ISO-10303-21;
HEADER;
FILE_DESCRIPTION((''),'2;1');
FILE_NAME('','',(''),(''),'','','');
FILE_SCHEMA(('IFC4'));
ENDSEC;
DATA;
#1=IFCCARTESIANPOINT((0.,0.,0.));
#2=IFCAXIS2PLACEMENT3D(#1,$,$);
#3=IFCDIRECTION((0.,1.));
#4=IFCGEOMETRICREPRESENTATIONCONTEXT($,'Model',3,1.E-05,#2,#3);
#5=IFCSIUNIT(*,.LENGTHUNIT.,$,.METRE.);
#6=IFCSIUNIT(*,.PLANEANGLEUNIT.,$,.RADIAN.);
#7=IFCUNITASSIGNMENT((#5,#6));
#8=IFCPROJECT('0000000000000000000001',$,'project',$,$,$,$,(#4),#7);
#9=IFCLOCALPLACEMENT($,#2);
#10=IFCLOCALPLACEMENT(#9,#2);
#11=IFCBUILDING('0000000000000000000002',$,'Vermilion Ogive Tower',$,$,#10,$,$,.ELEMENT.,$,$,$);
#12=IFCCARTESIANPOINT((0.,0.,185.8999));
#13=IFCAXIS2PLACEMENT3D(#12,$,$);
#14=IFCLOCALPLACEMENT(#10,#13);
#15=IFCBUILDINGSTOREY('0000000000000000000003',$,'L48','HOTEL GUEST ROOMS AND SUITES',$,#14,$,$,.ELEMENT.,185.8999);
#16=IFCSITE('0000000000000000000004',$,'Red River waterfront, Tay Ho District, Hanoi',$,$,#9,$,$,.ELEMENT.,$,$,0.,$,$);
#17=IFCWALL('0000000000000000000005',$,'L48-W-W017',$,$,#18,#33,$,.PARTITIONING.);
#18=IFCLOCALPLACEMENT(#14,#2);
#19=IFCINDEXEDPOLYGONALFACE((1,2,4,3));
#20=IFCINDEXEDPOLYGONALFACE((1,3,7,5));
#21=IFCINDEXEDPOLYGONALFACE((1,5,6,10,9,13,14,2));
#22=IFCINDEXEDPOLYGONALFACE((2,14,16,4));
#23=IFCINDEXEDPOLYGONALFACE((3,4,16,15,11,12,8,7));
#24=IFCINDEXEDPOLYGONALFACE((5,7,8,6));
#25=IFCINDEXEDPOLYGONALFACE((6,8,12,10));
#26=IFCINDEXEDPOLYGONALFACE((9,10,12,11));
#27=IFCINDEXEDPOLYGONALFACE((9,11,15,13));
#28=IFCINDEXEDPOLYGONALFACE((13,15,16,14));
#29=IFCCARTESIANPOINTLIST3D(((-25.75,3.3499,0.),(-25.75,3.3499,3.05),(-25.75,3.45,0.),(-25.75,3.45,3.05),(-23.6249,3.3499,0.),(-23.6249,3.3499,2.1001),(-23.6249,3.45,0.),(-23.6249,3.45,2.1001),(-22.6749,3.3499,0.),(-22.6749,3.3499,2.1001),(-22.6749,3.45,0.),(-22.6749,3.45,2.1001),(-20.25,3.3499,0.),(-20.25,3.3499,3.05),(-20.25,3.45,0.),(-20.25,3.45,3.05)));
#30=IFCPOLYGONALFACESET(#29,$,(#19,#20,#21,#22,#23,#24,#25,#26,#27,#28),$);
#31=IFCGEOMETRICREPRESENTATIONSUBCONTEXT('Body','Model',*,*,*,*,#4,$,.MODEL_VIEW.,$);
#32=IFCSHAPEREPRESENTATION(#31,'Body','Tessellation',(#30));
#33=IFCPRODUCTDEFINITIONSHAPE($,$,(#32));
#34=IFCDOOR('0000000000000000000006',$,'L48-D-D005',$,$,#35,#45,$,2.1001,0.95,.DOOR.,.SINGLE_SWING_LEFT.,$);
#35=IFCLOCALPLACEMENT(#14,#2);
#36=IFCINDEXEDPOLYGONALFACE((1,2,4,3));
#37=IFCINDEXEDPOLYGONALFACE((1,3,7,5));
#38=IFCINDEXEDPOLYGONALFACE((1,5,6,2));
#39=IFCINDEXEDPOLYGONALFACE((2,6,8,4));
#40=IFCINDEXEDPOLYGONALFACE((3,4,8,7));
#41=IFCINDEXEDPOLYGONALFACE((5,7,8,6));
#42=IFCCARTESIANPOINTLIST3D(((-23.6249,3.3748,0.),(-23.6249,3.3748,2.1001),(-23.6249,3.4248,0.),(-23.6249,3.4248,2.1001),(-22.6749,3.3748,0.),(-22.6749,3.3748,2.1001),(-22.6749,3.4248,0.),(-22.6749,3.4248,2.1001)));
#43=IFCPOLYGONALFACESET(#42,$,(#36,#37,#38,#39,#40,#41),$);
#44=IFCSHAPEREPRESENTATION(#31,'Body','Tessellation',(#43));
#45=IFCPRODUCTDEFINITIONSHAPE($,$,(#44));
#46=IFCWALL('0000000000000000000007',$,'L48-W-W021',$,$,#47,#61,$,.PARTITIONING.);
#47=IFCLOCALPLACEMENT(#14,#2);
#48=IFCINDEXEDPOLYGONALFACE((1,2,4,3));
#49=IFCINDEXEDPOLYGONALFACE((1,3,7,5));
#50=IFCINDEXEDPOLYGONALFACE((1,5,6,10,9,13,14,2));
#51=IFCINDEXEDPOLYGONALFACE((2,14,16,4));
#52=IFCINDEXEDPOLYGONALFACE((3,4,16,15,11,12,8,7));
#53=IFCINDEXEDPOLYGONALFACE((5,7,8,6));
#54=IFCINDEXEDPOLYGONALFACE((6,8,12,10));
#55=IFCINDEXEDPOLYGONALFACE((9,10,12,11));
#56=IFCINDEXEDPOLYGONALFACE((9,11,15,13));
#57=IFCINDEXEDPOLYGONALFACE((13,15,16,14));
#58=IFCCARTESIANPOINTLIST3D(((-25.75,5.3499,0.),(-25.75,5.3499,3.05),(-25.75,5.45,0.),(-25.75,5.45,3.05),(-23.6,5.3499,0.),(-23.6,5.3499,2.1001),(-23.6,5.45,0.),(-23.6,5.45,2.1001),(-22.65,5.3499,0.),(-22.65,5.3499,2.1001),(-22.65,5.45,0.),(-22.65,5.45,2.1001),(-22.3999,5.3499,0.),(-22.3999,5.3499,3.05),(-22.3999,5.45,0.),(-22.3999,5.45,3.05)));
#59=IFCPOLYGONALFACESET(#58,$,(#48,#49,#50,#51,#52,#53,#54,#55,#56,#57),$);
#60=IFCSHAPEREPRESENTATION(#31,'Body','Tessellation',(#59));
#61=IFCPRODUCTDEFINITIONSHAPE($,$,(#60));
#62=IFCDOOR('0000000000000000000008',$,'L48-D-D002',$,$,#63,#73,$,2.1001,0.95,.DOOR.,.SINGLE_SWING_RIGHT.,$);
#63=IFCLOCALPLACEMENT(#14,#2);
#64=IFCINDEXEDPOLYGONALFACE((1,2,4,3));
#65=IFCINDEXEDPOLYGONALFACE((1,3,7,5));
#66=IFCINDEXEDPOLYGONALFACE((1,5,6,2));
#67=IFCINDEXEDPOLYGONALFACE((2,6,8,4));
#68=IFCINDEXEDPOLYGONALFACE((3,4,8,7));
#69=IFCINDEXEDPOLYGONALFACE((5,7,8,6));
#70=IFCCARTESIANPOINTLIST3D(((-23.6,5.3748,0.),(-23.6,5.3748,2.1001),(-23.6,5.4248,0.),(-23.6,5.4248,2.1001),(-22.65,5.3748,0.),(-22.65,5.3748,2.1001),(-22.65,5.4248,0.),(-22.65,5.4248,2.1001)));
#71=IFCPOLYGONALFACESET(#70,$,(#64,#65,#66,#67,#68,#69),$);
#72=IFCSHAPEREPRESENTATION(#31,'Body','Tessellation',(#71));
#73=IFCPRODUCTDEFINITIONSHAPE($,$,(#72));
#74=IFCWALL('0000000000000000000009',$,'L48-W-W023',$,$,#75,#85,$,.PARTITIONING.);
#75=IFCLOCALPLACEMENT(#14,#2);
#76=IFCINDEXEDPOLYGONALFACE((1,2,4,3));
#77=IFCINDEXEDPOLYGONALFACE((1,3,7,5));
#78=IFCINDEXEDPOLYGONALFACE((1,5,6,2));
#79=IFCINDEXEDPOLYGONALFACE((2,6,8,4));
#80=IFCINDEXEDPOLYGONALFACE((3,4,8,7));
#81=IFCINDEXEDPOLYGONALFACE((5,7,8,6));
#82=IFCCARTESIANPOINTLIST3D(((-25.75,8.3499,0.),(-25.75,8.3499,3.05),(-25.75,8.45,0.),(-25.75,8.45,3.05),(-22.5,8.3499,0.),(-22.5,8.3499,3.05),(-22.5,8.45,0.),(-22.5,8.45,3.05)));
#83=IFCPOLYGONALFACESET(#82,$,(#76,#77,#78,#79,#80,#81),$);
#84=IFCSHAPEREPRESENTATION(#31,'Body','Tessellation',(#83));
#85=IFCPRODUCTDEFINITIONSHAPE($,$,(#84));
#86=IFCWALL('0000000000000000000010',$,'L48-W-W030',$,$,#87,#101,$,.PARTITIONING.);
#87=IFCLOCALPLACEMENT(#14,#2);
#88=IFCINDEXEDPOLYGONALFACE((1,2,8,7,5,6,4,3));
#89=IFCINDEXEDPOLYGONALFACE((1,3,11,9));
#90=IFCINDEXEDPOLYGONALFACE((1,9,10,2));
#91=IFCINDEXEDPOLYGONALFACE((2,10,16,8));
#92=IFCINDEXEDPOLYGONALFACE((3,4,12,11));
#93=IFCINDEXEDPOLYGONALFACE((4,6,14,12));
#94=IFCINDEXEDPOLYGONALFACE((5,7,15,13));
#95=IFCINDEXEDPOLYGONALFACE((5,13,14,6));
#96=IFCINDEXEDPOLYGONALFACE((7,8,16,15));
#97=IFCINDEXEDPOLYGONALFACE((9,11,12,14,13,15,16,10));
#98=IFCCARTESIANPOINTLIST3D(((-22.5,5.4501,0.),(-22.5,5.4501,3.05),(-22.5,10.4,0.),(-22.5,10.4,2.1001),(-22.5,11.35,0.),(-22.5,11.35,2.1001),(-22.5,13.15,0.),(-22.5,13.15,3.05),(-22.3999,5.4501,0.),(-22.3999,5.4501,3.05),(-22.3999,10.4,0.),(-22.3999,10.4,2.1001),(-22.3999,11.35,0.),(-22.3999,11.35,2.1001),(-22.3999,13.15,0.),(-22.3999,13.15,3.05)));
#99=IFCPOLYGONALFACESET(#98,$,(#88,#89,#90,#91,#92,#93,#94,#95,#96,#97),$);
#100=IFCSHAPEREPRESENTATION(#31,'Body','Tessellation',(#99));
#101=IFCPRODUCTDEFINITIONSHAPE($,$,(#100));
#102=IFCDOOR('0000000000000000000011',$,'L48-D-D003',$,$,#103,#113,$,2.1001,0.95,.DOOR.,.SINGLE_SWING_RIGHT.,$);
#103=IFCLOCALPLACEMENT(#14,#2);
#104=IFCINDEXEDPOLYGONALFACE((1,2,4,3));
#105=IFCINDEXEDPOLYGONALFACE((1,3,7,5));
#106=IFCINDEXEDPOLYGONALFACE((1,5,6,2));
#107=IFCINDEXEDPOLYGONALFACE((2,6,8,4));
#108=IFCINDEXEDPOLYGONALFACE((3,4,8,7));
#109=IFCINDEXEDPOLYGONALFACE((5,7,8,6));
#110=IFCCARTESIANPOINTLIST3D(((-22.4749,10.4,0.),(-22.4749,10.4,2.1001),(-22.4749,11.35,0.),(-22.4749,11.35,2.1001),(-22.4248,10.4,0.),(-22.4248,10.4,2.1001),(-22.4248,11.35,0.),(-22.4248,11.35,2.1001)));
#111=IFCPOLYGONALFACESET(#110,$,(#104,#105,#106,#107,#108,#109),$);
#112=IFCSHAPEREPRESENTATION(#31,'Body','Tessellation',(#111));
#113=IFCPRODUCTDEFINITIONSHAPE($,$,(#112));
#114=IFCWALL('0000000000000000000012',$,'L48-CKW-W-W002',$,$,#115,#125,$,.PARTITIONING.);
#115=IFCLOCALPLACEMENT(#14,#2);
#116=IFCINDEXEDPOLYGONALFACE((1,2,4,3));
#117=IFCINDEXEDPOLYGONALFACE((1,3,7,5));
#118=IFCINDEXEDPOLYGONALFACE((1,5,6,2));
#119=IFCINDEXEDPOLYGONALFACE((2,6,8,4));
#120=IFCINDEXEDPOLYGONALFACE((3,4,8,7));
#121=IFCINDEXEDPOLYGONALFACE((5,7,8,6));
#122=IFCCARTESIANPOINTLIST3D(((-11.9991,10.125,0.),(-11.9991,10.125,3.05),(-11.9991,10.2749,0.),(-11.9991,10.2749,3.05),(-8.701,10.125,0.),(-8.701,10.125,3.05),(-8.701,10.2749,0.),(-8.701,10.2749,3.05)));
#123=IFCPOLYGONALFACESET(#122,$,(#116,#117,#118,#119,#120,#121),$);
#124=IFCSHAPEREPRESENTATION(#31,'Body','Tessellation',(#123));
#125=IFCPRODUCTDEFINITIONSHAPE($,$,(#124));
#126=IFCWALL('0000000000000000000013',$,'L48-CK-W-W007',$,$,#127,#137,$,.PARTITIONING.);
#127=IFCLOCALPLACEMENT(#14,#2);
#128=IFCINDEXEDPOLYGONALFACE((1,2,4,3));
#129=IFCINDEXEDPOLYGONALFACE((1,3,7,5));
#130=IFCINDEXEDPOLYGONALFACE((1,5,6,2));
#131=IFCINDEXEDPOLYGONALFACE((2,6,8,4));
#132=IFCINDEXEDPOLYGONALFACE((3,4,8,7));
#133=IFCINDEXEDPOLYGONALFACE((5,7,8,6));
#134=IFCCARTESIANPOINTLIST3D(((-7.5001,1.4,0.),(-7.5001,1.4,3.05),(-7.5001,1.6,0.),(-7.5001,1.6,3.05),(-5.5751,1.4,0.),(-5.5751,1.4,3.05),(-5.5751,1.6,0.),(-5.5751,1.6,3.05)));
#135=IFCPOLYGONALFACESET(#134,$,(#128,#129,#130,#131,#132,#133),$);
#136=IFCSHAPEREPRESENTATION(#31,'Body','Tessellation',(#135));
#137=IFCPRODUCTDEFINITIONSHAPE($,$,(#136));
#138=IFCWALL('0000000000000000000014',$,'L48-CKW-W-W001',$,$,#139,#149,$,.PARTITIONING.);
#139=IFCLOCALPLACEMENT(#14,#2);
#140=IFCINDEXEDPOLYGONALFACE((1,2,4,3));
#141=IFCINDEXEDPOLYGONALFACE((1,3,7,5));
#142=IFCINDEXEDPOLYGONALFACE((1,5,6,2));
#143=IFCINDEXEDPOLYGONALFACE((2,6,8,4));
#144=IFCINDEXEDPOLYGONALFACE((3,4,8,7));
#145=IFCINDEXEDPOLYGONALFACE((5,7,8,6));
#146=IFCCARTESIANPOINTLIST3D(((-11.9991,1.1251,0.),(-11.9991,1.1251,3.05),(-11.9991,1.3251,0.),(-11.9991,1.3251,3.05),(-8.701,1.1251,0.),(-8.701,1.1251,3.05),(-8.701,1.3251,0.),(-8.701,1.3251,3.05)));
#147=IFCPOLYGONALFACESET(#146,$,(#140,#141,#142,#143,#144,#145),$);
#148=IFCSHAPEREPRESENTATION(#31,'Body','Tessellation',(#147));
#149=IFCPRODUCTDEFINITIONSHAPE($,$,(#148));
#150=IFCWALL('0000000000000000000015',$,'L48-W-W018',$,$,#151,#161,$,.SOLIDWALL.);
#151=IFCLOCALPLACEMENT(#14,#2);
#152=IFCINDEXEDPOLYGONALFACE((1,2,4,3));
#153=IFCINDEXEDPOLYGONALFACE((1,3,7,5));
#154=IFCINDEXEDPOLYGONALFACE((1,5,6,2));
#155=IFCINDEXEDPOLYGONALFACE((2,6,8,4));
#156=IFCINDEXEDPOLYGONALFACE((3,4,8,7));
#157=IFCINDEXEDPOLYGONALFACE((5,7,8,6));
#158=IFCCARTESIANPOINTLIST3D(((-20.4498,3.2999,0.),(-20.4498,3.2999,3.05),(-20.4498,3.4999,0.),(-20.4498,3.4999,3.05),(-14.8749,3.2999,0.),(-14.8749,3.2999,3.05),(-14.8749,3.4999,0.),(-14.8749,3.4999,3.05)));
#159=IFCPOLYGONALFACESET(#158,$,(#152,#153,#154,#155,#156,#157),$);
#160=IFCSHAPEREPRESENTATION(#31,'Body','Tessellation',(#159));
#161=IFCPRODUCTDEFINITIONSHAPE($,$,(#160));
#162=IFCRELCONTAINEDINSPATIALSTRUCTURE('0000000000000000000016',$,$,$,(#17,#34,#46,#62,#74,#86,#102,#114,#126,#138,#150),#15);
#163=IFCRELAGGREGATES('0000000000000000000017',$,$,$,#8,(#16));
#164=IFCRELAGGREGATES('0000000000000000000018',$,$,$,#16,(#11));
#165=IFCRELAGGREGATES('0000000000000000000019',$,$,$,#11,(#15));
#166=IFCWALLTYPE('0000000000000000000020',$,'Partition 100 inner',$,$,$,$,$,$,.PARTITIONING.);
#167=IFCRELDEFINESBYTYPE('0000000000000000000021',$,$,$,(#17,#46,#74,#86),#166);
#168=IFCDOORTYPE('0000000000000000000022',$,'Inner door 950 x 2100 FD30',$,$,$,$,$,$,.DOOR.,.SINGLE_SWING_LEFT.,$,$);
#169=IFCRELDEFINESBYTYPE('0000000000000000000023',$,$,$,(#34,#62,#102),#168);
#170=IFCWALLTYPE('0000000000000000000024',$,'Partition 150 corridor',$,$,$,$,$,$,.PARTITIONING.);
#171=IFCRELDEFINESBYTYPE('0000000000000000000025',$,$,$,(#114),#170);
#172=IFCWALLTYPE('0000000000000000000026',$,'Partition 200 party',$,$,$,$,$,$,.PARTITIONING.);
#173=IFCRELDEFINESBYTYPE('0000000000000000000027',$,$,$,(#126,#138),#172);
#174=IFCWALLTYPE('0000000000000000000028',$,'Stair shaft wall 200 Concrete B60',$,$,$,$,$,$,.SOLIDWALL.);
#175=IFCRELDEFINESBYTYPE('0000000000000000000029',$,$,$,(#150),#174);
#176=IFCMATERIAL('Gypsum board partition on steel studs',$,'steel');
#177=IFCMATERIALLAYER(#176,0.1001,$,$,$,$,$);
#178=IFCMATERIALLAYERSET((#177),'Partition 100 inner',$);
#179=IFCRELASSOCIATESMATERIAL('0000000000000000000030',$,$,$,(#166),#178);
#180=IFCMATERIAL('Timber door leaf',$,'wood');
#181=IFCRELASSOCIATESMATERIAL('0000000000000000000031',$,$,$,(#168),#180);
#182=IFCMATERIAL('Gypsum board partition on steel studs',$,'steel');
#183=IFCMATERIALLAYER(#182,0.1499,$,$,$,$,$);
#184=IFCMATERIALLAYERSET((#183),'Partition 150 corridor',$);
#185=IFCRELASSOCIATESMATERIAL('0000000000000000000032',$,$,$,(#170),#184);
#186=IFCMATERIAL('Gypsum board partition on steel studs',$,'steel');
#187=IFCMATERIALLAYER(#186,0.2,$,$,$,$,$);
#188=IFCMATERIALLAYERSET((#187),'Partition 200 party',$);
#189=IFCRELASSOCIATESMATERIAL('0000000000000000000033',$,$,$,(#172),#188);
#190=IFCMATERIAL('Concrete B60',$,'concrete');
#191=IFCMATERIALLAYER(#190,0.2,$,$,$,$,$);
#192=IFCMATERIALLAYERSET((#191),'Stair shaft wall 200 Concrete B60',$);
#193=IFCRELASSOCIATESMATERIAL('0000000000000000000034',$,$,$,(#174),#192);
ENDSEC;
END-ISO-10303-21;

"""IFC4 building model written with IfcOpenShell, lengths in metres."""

from ifc_helpers import new_model, si_unit, direction, frame, frame_2d, origin, place, context, subcontext, project, spatial, rectangle, extrude, material, layer, layer_set, type_object, element, fill, save


model = new_model("IFC4")

# Units and contexts
model_context = context("Model", 3, precision=1e-05, world=origin(), true_north=direction((0.0, 1.0)))
body_context = subcontext(model_context, "Body", "Model", "MODEL_VIEW")
ifc_project = project(units=[si_unit("LENGTHUNIT", "METRE"), si_unit("PLANEANGLEUNIT", "RADIAN")], contexts=[model_context])

# Site, building, storey
site_placement = place(None, origin())
site = spatial("IfcSite", under=ifc_project, at=site_placement, Name="Red River waterfront, Tay Ho District, Hanoi", CompositionType="ELEMENT", RefElevation=0.0)
building_placement = place(site_placement, origin())
building = spatial("IfcBuilding", under=site, at=building_placement, Name="Vermilion Ogive Tower", CompositionType="ELEMENT")
storey_placement = place(building_placement, frame((0.0, 0.0, 185.8999)))
storey = spatial("IfcBuildingStorey", under=building, at=storey_placement, Name="L48", Description="HOTEL GUEST ROOMS AND SUITES", CompositionType="ELEMENT", Elevation=185.8999)

# Walls, openings, doors
ifc_material_1 = material(Name="Gypsum board partition on steel studs", Category="steel")
ifc_layer_1 = layer(ifc_material_1, 0.1001)
ifc_layer_set_1 = layer_set([ifc_layer_1], Name="Partition 100 inner")
wall_type_1 = type_object("IfcWallType", Name="Partition 100 inner", PredefinedType="PARTITIONING", material=ifc_layer_set_1)
wall_1_placement = place(storey_placement, frame((-25.75, 3.3999, 0.0), z_axis=(0.0, 0.0, 1.0), x_axis=(1.0, 0.0, 0.0)))
wall_1 = element("IfcWall", 1, at=wall_1_placement, inside=storey, type_object=wall_type_1, Name="L48-W-W017", PredefinedType="PARTITIONING", context=body_context, shape_type="SweptSolid", body=[
    extrude(rectangle(XDim=5.5, YDim=0.1001, at=frame_2d((2.75, 0.0))), origin(), (0.0, 0.0, 1.0), 3.05),
])
opening_1_placement = place(wall_1_placement, frame((2.125, 0.0, 0.0)))
opening_1 = element("IfcOpeningElement", 2, at=opening_1_placement, cuts=wall_1, PredefinedType="OPENING", context=body_context, shape_type="SweptSolid", body=[
    extrude(rectangle(XDim=0.95, YDim=2.1001, at=frame_2d((0.4751, 1.05))), frame((0.0, 0.0601, 0.0), z_axis=(0.0, -1.0, 0.0), x_axis=(1.0, 0.0, 0.0)), (0.0, 0.0, 1.0), 0.1201),
])
ifc_material_2 = material(Name="Timber door leaf", Category="wood")
door_type = type_object("IfcDoorType", Name="Inner door 950 x 2100 FD30", OperationType="SINGLE_SWING_LEFT", PredefinedType="DOOR", material=ifc_material_2)
door_1_placement = place(opening_1_placement, origin())
door_1 = element("IfcDoor", 3, at=door_1_placement, inside=storey, type_object=door_type, Name="L48-D-D005", OperationType="SINGLE_SWING_LEFT", OverallHeight=2.1001, OverallWidth=0.95, PredefinedType="DOOR", context=body_context, shape_type="SweptSolid", body=[
    extrude(rectangle(XDim=0.95, YDim=2.1001, at=frame_2d((0.4751, 1.05))), frame((0.0, 0.0249, 0.0), z_axis=(0.0, -1.0, 0.0), x_axis=(1.0, 0.0, 0.0)), (0.0, 0.0, 1.0), 0.05),
])
fill(opening_1, door_1)
wall_2_placement = place(storey_placement, frame((-25.75, 5.3999, 0.0), z_axis=(0.0, 0.0, 1.0), x_axis=(1.0, 0.0, 0.0)))
wall_2 = element("IfcWall", 4, at=wall_2_placement, inside=storey, type_object=wall_type_1, Name="L48-W-W021", PredefinedType="PARTITIONING", context=body_context, shape_type="SweptSolid", body=[
    extrude(rectangle(XDim=3.3501, YDim=0.1001, at=frame_2d((1.675, 0.0))), origin(), (0.0, 0.0, 1.0), 3.05),
])
opening_2_placement = place(wall_2_placement, frame((2.1499, 0.0, 0.0)))
opening_2 = element("IfcOpeningElement", 5, at=opening_2_placement, cuts=wall_2, PredefinedType="OPENING", context=body_context, shape_type="SweptSolid", body=[
    extrude(rectangle(XDim=0.95, YDim=2.1001, at=frame_2d((0.4751, 1.05))), frame((0.0, 0.0601, 0.0), z_axis=(0.0, -1.0, 0.0), x_axis=(1.0, 0.0, 0.0)), (0.0, 0.0, 1.0), 0.1201),
])
door_2_placement = place(opening_2_placement, origin())
door_2 = element("IfcDoor", 6, at=door_2_placement, inside=storey, type_object=door_type, Name="L48-D-D002", OperationType="SINGLE_SWING_RIGHT", OverallHeight=2.1001, OverallWidth=0.95, PredefinedType="DOOR", context=body_context, shape_type="SweptSolid", body=[
    extrude(rectangle(XDim=0.95, YDim=2.1001, at=frame_2d((0.4751, 1.05))), frame((0.0, 0.0249, 0.0), z_axis=(0.0, -1.0, 0.0), x_axis=(1.0, 0.0, 0.0)), (0.0, 0.0, 1.0), 0.05),
])
fill(opening_2, door_2)

# Wall
wall_3_placement = place(storey_placement, frame((-25.75, 8.3999, 0.0), z_axis=(0.0, 0.0, 1.0), x_axis=(1.0, 0.0, 0.0)))
element("IfcWall", 7, at=wall_3_placement, inside=storey, type_object=wall_type_1, Name="L48-W-W023", PredefinedType="PARTITIONING", context=body_context, shape_type="SweptSolid", body=[
    extrude(rectangle(XDim=3.25, YDim=0.1001, at=frame_2d((1.625, 0.0))), origin(), (0.0, 0.0, 1.0), 3.05),
])

# Wall, opening, door
wall_4_placement = place(storey_placement, frame((-22.45, 5.45, 0.0), z_axis=(0.0, 0.0, 1.0), x_axis=(0.0, 1.0, 0.0)))
wall_4 = element("IfcWall", 8, at=wall_4_placement, inside=storey, type_object=wall_type_1, Name="L48-W-W030", PredefinedType="PARTITIONING", context=body_context, shape_type="SweptSolid", body=[
    extrude(rectangle(XDim=7.7, YDim=0.1001, at=frame_2d((3.8501, 0.0))), origin(), (0.0, 0.0, 1.0), 3.05),
])
opening_3_placement = place(wall_4_placement, frame((4.95, 0.0, 0.0)))
opening_3 = element("IfcOpeningElement", 9, at=opening_3_placement, cuts=wall_4, PredefinedType="OPENING", context=body_context, shape_type="SweptSolid", body=[
    extrude(rectangle(XDim=0.95, YDim=2.1001, at=frame_2d((0.4751, 1.05))), frame((0.0, 0.0601, 0.0), z_axis=(0.0, -1.0, 0.0), x_axis=(1.0, 0.0, 0.0)), (0.0, 0.0, 1.0), 0.1201),
])
door_3_placement = place(opening_3_placement, origin())
door_3 = element("IfcDoor", 10, at=door_3_placement, inside=storey, type_object=door_type, Name="L48-D-D003", OperationType="SINGLE_SWING_RIGHT", OverallHeight=2.1001, OverallWidth=0.95, PredefinedType="DOOR", context=body_context, shape_type="SweptSolid", body=[
    extrude(rectangle(XDim=0.95, YDim=2.1001, at=frame_2d((0.4751, 1.05))), frame((0.0, 0.0249, 0.0), z_axis=(0.0, -1.0, 0.0), x_axis=(1.0, 0.0, 0.0)), (0.0, 0.0, 1.0), 0.05),
])
fill(opening_3, door_3)

# Walls
ifc_material_3 = material(Name="Gypsum board partition on steel studs", Category="steel")
ifc_layer_2 = layer(ifc_material_3, 0.1499)
ifc_layer_set_2 = layer_set([ifc_layer_2], Name="Partition 150 corridor")
wall_type_2 = type_object("IfcWallType", Name="Partition 150 corridor", PredefinedType="PARTITIONING", material=ifc_layer_set_2)
wall_5_placement = place(storey_placement, frame((-11.999, 10.2, 0.0), z_axis=(0.0, 0.0, 1.0), x_axis=(1.0, 0.0, 0.0)))
element("IfcWall", 11, at=wall_5_placement, inside=storey, type_object=wall_type_2, Name="L48-CKW-W-W002", PredefinedType="PARTITIONING", context=body_context, shape_type="SweptSolid", body=[
    extrude(rectangle(XDim=3.2981, YDim=0.1499, at=frame_2d((1.6489, 0.0))), origin(), (0.0, 0.0, 1.0), 3.05),
])
ifc_material_4 = material(Name="Gypsum board partition on steel studs", Category="steel")
ifc_layer_3 = layer(ifc_material_4, 0.2)
ifc_layer_set_3 = layer_set([ifc_layer_3], Name="Partition 200 party")
wall_type_3 = type_object("IfcWallType", Name="Partition 200 party", PredefinedType="PARTITIONING", material=ifc_layer_set_3)
wall_6_placement = place(storey_placement, frame((-7.5, 1.5, 0.0), z_axis=(0.0, 0.0, 1.0), x_axis=(1.0, 0.0, 0.0)))
element("IfcWall", 12, at=wall_6_placement, inside=storey, type_object=wall_type_3, Name="L48-CK-W-W007", PredefinedType="PARTITIONING", context=body_context, shape_type="SweptSolid", body=[
    extrude(rectangle(XDim=1.925, YDim=0.2, at=frame_2d((0.9624, 0.0))), origin(), (0.0, 0.0, 1.0), 3.05),
])
wall_7_placement = place(storey_placement, frame((-11.999, 1.2251, 0.0), z_axis=(0.0, 0.0, 1.0), x_axis=(1.0, 0.0, 0.0)))
element("IfcWall", 13, at=wall_7_placement, inside=storey, type_object=wall_type_3, Name="L48-CKW-W-W001", PredefinedType="PARTITIONING", context=body_context, shape_type="SweptSolid", body=[
    extrude(rectangle(XDim=3.2981, YDim=0.2, at=frame_2d((1.6489, 0.0))), origin(), (0.0, 0.0, 1.0), 3.05),
])
ifc_material_5 = material(Name="Concrete B60", Category="concrete")
ifc_layer_4 = layer(ifc_material_5, 0.2)
ifc_layer_set_4 = layer_set([ifc_layer_4], Name="Stair shaft wall 200 Concrete B60")
wall_type_4 = type_object("IfcWallType", Name="Stair shaft wall 200 Concrete B60", PredefinedType="SOLIDWALL", material=ifc_layer_set_4)
wall_8_placement = place(storey_placement, frame((-20.45, 3.3999, 0.0), z_axis=(0.0, 0.0, 1.0), x_axis=(1.0, 0.0, 0.0)))
element("IfcWall", 14, at=wall_8_placement, inside=storey, type_object=wall_type_4, Name="L48-W-W018", PredefinedType="SOLIDWALL", context=body_context, shape_type="SweptSolid", body=[
    extrude(rectangle(XDim=5.575, YDim=0.2, at=frame_2d((2.7876, 0.0))), origin(), (0.0, 0.0, 1.0), 3.05),
])

save(model, "model.ifc")
